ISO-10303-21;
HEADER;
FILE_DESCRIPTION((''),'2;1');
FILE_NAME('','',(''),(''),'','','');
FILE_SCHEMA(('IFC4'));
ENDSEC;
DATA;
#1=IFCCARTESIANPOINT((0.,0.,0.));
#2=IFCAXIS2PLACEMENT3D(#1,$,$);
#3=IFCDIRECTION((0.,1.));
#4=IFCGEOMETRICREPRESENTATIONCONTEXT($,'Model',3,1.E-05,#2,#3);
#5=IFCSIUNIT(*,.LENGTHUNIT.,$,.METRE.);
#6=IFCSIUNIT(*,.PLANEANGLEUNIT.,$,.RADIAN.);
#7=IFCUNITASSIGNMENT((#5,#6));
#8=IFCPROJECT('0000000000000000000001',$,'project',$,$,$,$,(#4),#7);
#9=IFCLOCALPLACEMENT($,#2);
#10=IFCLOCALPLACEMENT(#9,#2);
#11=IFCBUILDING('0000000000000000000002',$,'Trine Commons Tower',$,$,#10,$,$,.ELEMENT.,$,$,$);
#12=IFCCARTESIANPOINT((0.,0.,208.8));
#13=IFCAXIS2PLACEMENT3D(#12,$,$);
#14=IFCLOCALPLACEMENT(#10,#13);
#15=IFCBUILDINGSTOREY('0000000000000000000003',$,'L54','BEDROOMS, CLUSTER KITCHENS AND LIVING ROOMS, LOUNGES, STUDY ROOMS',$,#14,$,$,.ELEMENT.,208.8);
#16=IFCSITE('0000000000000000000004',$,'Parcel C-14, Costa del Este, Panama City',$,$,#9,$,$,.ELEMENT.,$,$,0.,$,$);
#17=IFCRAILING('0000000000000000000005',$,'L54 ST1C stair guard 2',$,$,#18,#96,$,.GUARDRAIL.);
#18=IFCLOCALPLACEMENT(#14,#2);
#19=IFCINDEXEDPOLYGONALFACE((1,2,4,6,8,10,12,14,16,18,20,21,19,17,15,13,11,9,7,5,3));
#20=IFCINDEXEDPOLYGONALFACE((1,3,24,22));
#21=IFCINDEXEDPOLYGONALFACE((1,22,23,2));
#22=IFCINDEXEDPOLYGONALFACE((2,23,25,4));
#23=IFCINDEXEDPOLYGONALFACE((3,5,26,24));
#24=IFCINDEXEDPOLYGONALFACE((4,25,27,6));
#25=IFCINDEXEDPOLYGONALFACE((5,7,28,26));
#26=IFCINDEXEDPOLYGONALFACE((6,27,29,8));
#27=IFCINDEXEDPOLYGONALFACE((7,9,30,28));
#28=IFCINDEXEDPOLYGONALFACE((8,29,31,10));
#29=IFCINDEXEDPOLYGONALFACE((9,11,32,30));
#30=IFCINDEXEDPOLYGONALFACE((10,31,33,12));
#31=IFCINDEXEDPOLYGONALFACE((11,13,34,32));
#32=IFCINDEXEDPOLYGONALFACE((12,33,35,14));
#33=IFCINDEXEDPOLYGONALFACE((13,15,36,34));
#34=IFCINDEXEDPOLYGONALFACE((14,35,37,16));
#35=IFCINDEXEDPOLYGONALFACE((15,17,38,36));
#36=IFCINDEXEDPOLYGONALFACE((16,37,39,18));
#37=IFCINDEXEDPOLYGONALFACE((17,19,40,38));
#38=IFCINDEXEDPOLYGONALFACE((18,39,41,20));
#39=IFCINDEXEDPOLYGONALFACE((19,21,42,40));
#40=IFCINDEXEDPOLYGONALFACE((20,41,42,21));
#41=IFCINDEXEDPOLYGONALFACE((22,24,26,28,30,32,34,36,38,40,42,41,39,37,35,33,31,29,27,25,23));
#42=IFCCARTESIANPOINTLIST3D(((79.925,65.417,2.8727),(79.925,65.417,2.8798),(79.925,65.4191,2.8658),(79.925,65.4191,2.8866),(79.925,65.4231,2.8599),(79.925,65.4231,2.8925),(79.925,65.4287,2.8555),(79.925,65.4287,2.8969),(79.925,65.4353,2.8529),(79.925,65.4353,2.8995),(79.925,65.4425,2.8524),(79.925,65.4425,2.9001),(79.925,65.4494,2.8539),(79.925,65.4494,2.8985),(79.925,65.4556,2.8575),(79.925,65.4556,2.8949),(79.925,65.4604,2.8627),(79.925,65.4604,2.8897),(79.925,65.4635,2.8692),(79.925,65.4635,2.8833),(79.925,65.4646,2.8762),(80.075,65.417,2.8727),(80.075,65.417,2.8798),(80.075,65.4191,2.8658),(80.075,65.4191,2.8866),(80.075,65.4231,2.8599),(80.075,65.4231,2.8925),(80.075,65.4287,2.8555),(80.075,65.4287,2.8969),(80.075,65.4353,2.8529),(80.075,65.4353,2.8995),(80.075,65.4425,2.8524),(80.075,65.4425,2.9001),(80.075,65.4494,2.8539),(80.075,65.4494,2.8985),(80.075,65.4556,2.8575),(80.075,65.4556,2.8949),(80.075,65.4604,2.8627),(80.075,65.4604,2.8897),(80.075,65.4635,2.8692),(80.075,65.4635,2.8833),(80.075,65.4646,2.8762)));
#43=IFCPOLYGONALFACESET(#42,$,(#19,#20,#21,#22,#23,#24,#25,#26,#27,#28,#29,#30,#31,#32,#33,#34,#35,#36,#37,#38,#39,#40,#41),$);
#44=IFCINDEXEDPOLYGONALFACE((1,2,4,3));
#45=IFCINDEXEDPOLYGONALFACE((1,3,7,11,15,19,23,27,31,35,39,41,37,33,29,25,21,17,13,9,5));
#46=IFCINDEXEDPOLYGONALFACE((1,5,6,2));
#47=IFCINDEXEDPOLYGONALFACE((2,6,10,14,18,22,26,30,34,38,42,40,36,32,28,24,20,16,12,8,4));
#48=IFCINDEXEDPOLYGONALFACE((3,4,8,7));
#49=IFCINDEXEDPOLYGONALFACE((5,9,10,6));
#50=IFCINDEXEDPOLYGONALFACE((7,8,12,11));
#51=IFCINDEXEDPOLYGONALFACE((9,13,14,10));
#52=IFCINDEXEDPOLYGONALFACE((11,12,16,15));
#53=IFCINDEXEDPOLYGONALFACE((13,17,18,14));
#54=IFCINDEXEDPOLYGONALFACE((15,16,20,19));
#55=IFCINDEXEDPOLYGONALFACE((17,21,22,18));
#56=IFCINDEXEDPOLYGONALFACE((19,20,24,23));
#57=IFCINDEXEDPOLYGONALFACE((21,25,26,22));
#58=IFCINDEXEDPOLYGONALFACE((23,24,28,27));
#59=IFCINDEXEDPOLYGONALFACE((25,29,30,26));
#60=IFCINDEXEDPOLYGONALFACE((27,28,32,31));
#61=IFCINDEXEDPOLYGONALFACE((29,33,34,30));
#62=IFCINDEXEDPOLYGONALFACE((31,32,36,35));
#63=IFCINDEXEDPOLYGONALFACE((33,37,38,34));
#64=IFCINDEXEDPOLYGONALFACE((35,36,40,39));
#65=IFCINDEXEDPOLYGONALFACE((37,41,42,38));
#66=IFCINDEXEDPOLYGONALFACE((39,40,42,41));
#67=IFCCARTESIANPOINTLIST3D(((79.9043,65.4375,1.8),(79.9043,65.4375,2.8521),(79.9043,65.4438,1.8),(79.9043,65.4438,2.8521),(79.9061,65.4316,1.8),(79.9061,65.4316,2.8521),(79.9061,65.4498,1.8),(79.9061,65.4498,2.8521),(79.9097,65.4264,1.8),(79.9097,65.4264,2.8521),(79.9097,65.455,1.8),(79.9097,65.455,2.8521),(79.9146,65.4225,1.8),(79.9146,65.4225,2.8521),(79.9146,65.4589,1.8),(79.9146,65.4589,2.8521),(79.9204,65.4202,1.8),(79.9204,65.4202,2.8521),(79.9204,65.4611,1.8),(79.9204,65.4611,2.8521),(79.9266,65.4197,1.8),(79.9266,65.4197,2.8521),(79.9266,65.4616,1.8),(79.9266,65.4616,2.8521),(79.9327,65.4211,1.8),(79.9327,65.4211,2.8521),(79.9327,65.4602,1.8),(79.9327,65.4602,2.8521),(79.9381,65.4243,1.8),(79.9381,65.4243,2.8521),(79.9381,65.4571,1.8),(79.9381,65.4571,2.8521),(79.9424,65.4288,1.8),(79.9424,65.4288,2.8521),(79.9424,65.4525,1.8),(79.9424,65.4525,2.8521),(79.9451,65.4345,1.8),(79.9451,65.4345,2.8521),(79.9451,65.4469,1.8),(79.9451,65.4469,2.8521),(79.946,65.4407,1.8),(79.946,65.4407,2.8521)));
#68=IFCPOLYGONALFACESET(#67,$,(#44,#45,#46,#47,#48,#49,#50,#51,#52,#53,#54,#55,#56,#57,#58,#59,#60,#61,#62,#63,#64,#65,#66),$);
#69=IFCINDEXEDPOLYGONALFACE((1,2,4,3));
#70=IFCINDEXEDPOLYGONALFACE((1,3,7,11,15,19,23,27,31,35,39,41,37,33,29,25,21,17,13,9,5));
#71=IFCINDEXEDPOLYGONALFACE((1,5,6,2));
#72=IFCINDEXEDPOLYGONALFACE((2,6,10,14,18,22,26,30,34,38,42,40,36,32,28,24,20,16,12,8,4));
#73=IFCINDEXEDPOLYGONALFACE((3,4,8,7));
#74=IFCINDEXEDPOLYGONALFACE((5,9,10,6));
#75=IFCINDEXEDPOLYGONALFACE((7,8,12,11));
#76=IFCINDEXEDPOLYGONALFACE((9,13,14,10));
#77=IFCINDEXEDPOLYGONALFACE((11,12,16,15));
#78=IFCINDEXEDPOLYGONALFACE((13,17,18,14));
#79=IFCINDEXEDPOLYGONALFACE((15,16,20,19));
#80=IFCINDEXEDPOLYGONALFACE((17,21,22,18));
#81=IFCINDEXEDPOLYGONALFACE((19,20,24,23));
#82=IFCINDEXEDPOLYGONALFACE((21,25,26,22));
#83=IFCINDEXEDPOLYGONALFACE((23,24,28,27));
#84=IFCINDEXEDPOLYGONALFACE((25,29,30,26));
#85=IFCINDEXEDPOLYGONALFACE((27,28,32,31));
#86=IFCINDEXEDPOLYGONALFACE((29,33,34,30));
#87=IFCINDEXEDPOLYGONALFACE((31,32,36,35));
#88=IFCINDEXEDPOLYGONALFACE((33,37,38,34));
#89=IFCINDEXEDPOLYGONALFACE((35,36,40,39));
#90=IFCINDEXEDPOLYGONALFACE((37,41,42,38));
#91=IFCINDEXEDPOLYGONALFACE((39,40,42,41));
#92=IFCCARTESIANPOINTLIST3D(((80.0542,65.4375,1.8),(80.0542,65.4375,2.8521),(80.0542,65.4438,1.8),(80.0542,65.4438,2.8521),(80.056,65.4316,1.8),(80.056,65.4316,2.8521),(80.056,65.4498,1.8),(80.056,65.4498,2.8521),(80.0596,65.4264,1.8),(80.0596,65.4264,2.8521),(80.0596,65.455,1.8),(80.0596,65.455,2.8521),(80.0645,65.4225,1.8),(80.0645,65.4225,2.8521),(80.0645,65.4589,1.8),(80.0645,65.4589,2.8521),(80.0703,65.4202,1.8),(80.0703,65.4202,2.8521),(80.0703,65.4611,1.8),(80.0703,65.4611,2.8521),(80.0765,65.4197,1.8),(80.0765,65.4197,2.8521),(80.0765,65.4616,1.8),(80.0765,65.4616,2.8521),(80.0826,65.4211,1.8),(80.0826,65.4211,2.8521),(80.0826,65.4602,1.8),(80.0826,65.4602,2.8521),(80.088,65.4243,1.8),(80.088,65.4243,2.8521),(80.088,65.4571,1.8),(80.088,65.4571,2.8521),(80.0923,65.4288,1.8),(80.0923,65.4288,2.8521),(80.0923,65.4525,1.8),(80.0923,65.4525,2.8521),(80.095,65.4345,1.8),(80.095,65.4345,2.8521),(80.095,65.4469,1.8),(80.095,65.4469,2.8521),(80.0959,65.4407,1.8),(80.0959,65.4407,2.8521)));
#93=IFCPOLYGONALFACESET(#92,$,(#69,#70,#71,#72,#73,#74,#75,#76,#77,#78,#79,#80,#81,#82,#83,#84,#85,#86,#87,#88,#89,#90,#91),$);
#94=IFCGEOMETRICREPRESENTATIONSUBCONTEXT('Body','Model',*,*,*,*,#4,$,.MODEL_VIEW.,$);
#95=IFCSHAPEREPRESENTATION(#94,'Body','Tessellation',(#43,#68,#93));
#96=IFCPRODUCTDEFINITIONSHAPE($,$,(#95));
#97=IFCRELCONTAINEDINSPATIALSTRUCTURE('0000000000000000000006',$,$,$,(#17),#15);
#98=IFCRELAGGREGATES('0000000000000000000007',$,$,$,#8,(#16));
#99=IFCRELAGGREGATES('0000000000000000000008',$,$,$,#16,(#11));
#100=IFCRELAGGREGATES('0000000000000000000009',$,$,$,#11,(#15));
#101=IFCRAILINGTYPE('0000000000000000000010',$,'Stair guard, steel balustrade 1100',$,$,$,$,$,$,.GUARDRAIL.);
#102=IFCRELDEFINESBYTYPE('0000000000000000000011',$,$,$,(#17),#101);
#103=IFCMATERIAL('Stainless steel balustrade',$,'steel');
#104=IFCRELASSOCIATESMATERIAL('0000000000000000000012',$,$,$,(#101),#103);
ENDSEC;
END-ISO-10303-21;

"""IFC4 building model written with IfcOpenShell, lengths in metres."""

from ifc_helpers import new_model, si_unit, direction, frame, origin, origin_2d, place, context, subcontext, project, spatial, circle, extrude, material, type_object, element, save


model = new_model("IFC4")

# Units and contexts
model_context = context("Model", 3, precision=1e-05, world=origin(), true_north=direction((0.0, 1.0)))
body_context = subcontext(model_context, "Body", "Model", "MODEL_VIEW")
ifc_project = project(units=[si_unit("LENGTHUNIT", "METRE"), si_unit("PLANEANGLEUNIT", "RADIAN")], contexts=[model_context])

# Site, building, storey
site_placement = place(None, origin())
site = spatial("IfcSite", under=ifc_project, at=site_placement, Name="Parcel C-14, Costa del Este, Panama City", CompositionType="ELEMENT", RefElevation=0.0)
building_placement = place(site_placement, origin())
building = spatial("IfcBuilding", under=site, at=building_placement, Name="Trine Commons Tower", CompositionType="ELEMENT")
storey_placement = place(building_placement, frame((0.0, 0.0, 208.8)))
storey = spatial("IfcBuildingStorey", under=building, at=storey_placement, Name="L54", Description="BEDROOMS, CLUSTER KITCHENS AND LIVING ROOMS, LOUNGES, STUDY ROOMS", CompositionType="ELEMENT", Elevation=208.8)

# Railing
ifc_material_1 = material(Name="Stainless steel balustrade", Category="steel")
railing_type_1 = type_object("IfcRailingType", Name="Stair guard, steel balustrade 1100", PredefinedType="GUARDRAIL", material=ifc_material_1)
railing_1_placement = place(storey_placement, frame((79.925, 65.4407, 1.8)))
element("IfcRailing", 1, at=railing_1_placement, inside=storey, type_object=railing_type_1, Name="L54 ST1C stair guard 2", PredefinedType="GUARDRAIL", context=body_context, shape_type="SweptSolid", body=[
    extrude(circle(Radius=0.0239, at=origin_2d()), frame((0.0, 0.0, 1.0762), z_axis=(1.0, 0.0, 0.0), x_axis=(0.0, 1.0, 0.0)), (0.0, 0.0, 1.0), 0.1499),
    extrude(circle(Radius=0.021, at=origin_2d()), origin(), (0.0, 0.0, 1.0), 1.052),
    extrude(circle(Radius=0.021, at=origin_2d()), frame((0.1499, 0.0, 0.0)), (0.0, 0.0, 1.0), 1.052),
])

save(model, "model.ifc")
